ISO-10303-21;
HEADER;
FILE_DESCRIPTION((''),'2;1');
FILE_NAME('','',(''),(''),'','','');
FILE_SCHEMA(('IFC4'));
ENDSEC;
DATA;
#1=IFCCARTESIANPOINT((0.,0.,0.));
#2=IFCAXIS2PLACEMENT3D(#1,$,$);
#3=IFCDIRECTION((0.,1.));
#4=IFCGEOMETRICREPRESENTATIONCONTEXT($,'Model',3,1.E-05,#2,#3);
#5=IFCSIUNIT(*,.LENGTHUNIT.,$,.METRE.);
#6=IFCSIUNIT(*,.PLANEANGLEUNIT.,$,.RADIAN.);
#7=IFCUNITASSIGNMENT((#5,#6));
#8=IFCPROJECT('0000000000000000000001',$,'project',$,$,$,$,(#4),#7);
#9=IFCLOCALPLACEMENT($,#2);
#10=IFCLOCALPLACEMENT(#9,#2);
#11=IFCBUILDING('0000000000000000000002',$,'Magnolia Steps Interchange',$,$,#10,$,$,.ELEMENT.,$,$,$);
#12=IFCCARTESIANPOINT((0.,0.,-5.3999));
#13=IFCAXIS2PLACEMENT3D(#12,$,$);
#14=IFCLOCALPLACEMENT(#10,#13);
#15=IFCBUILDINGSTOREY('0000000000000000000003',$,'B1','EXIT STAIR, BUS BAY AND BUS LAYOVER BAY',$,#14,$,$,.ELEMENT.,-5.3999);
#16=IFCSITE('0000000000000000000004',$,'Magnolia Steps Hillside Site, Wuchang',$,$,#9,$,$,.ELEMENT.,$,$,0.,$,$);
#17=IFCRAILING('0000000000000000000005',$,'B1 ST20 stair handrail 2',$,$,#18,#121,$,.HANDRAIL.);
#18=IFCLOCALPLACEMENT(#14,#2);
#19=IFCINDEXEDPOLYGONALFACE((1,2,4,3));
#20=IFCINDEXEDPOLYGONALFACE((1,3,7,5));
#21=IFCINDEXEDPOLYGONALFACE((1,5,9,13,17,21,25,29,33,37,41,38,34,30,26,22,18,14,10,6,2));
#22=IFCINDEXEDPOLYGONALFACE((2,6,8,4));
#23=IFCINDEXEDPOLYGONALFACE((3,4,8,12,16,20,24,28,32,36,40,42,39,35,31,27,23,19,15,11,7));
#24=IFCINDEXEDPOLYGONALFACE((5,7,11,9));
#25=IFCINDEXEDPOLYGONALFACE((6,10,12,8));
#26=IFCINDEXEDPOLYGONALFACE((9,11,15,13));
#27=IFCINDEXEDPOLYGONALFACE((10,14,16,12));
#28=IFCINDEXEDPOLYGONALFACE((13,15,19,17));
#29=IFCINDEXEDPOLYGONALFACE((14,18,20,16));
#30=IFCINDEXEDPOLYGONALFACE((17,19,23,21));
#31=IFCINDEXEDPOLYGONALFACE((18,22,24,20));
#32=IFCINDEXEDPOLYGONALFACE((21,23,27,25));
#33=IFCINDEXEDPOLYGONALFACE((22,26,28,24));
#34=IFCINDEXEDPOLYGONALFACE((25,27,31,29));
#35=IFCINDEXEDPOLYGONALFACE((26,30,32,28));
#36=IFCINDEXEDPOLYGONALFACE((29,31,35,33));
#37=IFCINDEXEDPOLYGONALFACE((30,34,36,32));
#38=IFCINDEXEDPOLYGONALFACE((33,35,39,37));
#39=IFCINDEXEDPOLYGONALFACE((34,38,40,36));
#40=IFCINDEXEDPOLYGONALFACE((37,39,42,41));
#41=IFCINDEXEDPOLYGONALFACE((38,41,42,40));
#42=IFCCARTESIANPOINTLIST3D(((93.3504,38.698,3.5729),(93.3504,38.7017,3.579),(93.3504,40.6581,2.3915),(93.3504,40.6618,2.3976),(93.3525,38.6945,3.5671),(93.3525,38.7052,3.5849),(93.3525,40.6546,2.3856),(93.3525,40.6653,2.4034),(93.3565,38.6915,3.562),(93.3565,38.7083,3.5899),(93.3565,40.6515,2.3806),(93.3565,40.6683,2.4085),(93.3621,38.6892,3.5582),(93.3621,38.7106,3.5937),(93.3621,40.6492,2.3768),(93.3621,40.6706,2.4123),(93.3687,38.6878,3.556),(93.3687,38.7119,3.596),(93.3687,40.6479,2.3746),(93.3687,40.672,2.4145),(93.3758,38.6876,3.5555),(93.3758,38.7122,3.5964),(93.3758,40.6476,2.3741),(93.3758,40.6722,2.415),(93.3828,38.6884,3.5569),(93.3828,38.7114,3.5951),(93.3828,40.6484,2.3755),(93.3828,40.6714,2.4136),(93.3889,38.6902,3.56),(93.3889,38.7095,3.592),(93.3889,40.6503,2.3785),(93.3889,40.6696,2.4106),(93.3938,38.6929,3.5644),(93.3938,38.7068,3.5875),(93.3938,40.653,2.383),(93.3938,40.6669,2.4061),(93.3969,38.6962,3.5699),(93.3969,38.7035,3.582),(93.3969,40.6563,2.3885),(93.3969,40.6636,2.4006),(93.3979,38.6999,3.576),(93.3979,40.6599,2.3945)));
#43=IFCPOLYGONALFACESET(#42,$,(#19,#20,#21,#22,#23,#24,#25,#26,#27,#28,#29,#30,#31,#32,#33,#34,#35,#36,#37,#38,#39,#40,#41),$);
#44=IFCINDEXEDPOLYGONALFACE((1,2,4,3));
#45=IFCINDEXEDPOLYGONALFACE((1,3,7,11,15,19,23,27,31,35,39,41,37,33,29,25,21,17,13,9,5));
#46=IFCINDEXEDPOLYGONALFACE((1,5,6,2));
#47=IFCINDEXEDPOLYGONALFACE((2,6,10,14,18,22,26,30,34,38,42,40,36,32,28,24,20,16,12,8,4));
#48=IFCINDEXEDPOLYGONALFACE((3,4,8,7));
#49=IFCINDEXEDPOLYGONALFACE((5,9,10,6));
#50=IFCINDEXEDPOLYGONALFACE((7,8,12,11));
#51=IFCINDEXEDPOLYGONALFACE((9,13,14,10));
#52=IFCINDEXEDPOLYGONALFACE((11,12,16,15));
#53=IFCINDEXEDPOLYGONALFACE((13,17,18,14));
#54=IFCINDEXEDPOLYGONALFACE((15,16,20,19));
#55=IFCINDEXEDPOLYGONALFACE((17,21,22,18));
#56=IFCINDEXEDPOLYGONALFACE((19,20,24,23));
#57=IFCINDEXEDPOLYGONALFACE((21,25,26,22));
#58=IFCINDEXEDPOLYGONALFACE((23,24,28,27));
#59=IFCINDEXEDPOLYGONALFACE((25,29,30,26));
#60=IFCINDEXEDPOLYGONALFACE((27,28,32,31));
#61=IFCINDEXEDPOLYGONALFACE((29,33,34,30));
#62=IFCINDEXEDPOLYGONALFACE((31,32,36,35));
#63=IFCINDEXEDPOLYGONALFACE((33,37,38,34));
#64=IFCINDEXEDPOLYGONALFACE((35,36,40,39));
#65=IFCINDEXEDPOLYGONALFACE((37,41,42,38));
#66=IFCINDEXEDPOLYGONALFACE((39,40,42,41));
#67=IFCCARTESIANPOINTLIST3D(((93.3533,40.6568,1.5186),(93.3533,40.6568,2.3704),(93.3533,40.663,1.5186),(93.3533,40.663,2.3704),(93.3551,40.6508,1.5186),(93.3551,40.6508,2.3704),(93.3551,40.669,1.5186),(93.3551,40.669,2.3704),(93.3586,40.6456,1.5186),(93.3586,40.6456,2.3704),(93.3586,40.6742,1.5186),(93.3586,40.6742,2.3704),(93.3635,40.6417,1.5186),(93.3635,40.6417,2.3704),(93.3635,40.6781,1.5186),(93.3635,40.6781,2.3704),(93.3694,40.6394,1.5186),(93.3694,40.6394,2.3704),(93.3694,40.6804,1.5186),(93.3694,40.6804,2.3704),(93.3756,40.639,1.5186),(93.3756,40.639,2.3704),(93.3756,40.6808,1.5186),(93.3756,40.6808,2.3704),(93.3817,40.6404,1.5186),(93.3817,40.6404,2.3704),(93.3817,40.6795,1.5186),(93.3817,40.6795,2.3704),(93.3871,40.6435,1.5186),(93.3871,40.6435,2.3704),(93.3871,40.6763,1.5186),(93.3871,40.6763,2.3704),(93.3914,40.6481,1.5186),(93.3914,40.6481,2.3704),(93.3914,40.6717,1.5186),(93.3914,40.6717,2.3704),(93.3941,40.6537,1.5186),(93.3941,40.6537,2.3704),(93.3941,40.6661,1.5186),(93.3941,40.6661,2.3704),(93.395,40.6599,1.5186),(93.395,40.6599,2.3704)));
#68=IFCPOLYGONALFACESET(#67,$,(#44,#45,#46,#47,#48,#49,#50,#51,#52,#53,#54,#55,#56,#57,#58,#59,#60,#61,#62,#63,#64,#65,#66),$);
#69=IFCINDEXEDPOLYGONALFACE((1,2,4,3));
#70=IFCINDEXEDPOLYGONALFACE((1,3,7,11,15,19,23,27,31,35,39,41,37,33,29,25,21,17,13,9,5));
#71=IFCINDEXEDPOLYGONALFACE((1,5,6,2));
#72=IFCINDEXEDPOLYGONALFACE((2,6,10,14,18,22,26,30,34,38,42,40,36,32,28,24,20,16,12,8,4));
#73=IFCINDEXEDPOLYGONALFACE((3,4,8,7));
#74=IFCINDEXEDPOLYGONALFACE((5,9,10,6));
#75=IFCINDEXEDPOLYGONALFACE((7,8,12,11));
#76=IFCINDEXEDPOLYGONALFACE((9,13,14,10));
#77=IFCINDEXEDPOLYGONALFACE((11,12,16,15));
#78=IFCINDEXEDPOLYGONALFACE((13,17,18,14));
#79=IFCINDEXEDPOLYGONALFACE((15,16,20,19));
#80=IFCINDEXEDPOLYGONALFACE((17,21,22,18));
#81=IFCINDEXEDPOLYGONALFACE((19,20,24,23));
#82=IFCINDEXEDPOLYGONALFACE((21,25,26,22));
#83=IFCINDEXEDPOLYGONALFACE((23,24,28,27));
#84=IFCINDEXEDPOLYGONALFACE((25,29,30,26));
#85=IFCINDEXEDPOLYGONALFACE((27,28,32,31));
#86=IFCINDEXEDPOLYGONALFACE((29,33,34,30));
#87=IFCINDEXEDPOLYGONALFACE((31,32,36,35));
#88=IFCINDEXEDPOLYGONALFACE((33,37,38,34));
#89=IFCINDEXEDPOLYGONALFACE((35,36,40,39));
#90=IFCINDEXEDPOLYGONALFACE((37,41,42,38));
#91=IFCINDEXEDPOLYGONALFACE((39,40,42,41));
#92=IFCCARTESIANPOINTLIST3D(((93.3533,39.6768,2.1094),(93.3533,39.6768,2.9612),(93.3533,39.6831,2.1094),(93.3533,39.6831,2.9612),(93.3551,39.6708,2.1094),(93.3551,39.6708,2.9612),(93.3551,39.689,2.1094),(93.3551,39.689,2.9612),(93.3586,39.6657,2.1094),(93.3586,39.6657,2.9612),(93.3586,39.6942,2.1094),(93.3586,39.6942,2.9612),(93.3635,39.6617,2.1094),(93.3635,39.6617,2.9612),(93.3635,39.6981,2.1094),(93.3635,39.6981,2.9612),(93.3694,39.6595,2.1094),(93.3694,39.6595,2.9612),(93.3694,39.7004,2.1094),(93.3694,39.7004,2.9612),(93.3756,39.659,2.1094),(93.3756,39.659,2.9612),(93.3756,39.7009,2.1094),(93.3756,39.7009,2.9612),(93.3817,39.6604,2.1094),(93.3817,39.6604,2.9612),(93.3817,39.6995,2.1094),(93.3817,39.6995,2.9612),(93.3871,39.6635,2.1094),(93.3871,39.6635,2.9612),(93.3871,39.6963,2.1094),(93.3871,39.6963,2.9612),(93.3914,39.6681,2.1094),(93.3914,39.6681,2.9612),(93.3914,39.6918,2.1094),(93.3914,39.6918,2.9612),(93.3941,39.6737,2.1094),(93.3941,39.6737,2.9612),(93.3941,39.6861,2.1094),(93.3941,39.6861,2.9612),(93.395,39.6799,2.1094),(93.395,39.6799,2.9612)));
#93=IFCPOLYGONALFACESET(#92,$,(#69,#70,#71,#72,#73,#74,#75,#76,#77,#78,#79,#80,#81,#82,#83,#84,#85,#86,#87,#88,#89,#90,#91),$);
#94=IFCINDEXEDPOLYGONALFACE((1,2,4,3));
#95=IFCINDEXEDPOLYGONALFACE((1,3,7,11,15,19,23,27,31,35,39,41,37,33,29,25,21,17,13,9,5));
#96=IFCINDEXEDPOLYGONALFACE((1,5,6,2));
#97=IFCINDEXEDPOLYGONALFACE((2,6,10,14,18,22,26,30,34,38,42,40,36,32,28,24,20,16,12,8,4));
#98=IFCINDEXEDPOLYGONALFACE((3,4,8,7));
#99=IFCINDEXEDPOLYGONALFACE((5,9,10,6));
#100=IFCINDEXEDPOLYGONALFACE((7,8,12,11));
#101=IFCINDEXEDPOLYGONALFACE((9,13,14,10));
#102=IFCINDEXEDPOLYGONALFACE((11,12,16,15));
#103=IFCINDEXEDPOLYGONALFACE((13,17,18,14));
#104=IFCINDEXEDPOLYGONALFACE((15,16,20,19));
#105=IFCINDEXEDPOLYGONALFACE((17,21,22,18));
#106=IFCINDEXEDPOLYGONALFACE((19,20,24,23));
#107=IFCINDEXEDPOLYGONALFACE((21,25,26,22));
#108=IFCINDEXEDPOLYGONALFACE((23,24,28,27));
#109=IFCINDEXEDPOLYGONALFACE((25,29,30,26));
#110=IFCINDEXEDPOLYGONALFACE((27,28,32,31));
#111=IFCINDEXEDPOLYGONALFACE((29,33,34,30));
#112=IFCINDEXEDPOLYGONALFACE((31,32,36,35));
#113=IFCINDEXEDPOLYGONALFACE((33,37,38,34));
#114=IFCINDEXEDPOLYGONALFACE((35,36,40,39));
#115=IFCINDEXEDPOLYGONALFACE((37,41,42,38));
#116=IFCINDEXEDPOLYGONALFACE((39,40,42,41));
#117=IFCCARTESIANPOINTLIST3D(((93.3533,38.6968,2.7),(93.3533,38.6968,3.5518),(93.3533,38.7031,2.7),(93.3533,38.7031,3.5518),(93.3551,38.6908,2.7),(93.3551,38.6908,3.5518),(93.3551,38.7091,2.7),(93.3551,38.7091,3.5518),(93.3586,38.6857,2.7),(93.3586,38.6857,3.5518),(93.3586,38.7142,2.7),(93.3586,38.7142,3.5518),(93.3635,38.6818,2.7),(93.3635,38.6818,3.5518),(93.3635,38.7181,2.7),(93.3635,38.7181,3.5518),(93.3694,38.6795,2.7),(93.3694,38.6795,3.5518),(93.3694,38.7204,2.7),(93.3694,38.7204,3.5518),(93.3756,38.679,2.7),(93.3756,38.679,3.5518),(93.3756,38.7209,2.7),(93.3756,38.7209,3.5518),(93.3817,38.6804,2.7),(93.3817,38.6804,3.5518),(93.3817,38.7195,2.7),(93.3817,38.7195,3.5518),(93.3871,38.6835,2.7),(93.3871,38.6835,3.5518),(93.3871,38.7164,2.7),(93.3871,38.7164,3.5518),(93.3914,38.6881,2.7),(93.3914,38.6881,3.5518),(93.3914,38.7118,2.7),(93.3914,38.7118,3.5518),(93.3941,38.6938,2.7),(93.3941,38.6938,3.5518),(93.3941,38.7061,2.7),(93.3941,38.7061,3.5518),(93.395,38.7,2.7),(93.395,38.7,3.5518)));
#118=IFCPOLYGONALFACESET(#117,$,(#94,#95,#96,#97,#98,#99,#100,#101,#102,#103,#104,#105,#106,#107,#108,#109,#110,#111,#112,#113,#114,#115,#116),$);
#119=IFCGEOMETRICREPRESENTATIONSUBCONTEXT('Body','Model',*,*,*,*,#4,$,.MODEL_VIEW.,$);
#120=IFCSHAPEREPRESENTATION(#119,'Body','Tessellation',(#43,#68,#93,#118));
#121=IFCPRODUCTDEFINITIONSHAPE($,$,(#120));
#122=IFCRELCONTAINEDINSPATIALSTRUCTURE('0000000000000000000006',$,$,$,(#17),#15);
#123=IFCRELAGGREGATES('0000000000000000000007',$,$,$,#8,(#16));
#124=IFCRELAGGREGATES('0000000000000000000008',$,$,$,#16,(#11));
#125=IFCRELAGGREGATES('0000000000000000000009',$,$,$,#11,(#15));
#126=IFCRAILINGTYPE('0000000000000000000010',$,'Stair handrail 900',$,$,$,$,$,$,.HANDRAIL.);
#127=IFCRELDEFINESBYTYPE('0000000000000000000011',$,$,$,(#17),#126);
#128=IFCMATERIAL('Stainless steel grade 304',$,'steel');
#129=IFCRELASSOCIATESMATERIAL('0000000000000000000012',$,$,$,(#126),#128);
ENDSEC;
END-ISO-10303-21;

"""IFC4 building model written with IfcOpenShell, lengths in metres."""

from ifc_helpers import new_model, si_unit, direction, frame, origin, origin_2d, place, context, subcontext, project, spatial, circle, extrude, material, type_object, element, save


model = new_model("IFC4")

# Units and contexts
model_context = context("Model", 3, precision=1e-05, world=origin(), true_north=direction((0.0, 1.0)))
body_context = subcontext(model_context, "Body", "Model", "MODEL_VIEW")
ifc_project = project(units=[si_unit("LENGTHUNIT", "METRE"), si_unit("PLANEANGLEUNIT", "RADIAN")], contexts=[model_context])

# Site, building, storey
site_placement = place(None, origin())
site = spatial("IfcSite", under=ifc_project, at=site_placement, Name="Magnolia Steps Hillside Site, Wuchang", CompositionType="ELEMENT", RefElevation=0.0)
building_placement = place(site_placement, origin())
building = spatial("IfcBuilding", under=site, at=building_placement, Name="Magnolia Steps Interchange", CompositionType="ELEMENT")
storey_placement = place(building_placement, frame((0.0, 0.0, -5.3999)))
storey = spatial("IfcBuildingStorey", under=building, at=storey_placement, Name="B1", Description="EXIT STAIR, BUS BAY AND BUS LAYOVER BAY", CompositionType="ELEMENT", Elevation=-5.3999)

# Railing
ifc_material_1 = material(Name="Stainless steel grade 304", Category="steel")
railing_type_1 = type_object("IfcRailingType", Name="Stair handrail 900", PredefinedType="HANDRAIL", material=ifc_material_1)
railing_1_placement = place(storey_placement, frame((93.374, 40.6599, 1.5186)))
element("IfcRailing", 1, at=railing_1_placement, inside=storey, type_object=railing_type_1, Name="B1 ST20 stair handrail 2", PredefinedType="HANDRAIL", context=body_context, shape_type="SweptSolid", body=[
    extrude(circle(Radius=0.0239, at=origin_2d()), frame((0.0, 0.0, 0.876), z_axis=(0.0, -0.856446, 0.516236), x_axis=(1.0, 0.0, 0.0)), (0.0, 0.0, 1.0), 2.2886),
    extrude(circle(Radius=0.021, at=origin_2d()), origin(), (0.0, 0.0, 1.0), 0.8518),
    extrude(circle(Radius=0.021, at=origin_2d()), frame((0.0, -0.98, 0.5908)), (0.0, 0.0, 1.0), 0.8518),
    extrude(circle(Radius=0.021, at=origin_2d()), frame((0.0, -1.96, 1.1814)), (0.0, 0.0, 1.0), 0.8518),
])

save(model, "model.ifc")
